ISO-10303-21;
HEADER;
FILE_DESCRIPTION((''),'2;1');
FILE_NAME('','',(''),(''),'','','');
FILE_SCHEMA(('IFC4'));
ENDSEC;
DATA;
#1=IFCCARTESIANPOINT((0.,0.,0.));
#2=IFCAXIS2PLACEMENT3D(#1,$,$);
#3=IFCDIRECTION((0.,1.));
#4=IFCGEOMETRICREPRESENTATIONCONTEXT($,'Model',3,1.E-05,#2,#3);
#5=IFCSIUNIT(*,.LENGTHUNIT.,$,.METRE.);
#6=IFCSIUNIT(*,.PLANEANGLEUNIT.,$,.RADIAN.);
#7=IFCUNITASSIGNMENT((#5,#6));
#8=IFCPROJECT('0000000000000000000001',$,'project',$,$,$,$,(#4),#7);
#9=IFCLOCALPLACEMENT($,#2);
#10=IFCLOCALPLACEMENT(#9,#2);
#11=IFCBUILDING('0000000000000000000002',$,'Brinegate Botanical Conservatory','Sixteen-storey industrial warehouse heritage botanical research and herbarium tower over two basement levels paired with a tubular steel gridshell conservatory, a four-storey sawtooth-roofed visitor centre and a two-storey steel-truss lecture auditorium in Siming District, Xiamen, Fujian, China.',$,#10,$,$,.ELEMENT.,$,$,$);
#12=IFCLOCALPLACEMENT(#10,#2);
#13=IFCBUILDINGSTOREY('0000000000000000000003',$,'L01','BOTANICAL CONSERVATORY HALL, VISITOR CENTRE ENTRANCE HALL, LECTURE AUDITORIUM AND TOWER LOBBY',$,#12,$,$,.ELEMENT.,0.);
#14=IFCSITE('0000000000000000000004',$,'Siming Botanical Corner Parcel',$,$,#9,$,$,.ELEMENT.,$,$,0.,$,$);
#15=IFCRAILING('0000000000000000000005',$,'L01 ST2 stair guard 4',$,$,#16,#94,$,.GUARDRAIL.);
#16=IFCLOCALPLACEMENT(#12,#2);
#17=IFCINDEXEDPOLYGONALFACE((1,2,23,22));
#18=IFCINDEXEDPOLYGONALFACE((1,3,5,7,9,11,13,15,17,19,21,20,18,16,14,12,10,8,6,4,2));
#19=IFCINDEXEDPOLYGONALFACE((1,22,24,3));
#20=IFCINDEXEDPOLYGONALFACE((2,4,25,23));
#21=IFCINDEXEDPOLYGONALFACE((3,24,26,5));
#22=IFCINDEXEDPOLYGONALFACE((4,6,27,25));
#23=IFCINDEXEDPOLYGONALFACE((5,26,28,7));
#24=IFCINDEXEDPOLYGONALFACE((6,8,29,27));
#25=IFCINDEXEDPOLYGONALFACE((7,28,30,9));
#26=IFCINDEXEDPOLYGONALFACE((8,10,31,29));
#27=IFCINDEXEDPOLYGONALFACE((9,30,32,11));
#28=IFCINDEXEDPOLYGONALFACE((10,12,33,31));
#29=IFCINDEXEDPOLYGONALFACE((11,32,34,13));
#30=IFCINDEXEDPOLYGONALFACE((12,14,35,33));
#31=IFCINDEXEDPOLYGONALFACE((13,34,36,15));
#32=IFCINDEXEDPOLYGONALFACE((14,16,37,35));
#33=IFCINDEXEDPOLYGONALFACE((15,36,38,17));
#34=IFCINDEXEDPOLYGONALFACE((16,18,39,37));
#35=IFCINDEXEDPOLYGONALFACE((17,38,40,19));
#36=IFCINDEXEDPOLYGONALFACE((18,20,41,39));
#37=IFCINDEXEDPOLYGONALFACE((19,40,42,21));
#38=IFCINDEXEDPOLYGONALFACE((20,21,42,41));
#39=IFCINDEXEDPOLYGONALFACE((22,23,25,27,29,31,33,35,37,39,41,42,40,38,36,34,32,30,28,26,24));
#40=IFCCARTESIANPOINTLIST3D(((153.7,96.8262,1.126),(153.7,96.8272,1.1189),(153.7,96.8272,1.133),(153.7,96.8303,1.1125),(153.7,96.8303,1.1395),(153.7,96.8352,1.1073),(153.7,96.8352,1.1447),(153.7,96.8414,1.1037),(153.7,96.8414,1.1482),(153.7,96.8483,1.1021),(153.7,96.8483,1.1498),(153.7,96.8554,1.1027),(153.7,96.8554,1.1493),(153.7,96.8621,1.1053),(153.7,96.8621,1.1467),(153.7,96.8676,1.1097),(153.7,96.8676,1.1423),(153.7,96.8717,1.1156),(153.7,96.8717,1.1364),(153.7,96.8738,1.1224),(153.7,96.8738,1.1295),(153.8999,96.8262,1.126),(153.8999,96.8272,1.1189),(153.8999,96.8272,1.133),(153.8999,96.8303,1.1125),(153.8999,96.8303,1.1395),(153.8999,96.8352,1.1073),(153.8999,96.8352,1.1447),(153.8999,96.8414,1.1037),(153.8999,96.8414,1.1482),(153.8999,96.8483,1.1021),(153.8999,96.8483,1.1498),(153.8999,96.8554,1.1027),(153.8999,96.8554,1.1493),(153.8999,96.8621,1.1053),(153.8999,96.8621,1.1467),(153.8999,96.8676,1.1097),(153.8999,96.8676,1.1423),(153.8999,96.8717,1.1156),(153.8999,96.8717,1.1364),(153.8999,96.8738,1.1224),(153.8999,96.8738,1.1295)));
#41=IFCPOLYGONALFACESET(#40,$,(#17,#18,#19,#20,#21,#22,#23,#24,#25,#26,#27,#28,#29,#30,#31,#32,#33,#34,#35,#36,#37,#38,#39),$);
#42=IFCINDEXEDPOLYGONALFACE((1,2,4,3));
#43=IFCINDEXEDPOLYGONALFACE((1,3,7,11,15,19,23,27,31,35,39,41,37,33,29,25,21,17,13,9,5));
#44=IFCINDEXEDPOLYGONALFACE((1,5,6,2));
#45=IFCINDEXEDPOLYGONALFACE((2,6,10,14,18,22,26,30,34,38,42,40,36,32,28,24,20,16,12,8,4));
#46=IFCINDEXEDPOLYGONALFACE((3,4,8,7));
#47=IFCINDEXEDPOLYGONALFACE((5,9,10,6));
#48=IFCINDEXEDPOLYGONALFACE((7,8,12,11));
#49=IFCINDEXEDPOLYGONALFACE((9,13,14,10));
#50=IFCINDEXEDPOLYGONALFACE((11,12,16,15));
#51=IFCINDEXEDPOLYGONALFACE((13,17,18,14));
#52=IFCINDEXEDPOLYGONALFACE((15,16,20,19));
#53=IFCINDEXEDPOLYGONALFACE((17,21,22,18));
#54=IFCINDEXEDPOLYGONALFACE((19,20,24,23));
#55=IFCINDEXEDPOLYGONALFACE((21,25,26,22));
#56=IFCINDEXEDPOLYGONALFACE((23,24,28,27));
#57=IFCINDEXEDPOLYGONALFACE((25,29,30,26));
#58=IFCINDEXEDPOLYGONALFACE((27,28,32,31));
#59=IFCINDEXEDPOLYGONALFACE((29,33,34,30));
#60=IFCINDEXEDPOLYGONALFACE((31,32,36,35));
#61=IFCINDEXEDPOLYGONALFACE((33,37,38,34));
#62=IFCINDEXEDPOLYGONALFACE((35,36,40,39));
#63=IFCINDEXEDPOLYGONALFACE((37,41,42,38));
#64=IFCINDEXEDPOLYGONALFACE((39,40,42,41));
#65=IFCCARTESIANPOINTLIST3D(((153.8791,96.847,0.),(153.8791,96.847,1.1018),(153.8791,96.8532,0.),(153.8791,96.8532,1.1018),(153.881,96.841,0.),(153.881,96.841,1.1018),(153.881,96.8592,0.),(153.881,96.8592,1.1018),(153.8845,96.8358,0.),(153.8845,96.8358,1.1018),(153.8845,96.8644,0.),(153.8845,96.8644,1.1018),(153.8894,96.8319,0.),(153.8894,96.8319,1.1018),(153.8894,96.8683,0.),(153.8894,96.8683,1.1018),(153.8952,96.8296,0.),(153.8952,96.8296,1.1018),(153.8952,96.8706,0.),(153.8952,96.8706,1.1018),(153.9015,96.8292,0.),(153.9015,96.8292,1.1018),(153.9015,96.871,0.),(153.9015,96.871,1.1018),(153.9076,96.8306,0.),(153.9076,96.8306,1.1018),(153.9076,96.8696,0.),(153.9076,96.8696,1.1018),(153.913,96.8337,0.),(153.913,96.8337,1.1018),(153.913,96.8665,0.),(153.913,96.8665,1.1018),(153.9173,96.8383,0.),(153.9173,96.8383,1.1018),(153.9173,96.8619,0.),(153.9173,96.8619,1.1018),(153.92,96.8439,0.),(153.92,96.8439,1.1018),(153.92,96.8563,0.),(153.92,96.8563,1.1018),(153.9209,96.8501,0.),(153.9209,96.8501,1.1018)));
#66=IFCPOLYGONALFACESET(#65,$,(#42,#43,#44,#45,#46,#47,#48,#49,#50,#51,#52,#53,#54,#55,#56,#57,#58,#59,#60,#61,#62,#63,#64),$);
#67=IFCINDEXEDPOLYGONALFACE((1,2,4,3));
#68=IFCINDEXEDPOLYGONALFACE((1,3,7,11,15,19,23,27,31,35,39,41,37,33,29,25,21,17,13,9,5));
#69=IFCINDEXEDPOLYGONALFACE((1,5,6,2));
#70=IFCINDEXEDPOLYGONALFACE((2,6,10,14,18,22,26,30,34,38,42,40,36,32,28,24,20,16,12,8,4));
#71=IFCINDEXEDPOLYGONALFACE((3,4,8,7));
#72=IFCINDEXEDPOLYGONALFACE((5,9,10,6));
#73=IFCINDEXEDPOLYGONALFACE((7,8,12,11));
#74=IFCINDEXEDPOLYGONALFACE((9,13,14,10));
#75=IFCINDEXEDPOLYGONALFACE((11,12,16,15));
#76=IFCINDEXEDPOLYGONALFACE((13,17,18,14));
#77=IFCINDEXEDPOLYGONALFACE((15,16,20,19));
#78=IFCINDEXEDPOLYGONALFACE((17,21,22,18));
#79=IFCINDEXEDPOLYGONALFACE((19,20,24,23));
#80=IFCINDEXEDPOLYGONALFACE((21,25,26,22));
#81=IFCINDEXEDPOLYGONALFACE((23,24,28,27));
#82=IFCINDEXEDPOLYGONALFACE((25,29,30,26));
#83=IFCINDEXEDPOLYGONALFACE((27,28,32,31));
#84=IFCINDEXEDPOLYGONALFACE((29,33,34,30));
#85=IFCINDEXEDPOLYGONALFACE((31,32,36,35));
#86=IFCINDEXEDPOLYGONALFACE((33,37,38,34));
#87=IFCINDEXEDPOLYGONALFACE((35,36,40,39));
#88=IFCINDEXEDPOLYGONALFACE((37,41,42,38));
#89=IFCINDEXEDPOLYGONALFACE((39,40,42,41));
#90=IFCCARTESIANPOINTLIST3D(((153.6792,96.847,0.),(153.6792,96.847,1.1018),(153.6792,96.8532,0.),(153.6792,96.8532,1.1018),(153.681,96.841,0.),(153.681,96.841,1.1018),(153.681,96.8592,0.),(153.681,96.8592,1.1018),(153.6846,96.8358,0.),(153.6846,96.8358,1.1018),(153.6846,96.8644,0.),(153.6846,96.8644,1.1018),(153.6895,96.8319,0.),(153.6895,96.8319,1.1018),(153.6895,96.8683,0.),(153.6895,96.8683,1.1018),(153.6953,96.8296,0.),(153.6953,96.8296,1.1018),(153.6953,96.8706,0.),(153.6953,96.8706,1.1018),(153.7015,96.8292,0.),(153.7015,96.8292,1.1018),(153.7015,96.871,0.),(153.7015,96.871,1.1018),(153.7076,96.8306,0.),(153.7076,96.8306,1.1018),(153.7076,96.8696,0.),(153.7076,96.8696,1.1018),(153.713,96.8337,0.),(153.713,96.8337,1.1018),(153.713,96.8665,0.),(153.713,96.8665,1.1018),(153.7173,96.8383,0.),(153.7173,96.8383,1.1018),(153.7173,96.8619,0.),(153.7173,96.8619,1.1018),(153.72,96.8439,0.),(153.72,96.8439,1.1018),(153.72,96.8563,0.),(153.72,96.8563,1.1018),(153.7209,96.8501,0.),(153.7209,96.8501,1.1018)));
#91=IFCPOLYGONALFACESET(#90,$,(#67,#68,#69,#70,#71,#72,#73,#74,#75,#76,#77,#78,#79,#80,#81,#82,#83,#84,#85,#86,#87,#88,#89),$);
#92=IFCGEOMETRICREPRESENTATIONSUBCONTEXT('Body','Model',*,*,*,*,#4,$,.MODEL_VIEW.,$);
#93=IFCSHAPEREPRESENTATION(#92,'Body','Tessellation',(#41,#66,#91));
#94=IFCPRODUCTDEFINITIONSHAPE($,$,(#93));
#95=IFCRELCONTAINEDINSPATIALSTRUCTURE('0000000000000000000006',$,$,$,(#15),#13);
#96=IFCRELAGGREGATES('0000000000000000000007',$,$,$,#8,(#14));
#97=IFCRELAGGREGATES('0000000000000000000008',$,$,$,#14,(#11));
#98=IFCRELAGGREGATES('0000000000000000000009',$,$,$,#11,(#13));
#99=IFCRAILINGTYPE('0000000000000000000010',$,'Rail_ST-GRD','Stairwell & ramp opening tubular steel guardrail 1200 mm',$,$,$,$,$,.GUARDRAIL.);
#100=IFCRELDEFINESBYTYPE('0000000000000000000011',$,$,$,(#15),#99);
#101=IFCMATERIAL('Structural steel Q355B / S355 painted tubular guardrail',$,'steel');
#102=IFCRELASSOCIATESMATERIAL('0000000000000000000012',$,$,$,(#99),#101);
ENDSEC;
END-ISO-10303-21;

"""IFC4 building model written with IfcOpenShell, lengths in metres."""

from ifc_helpers import new_model, si_unit, direction, frame, origin, origin_2d, place, context, subcontext, project, spatial, circle, extrude, material, type_object, element, save


model = new_model("IFC4")

# Units and contexts
model_context = context("Model", 3, precision=1e-05, world=origin(), true_north=direction((0.0, 1.0)))
body_context = subcontext(model_context, "Body", "Model", "MODEL_VIEW")
ifc_project = project(units=[si_unit("LENGTHUNIT", "METRE"), si_unit("PLANEANGLEUNIT", "RADIAN")], contexts=[model_context])

# Site, building, storey
site_placement = place(None, origin())
site = spatial("IfcSite", under=ifc_project, at=site_placement, Name="Siming Botanical Corner Parcel", CompositionType="ELEMENT", RefElevation=0.0)
building_placement = place(site_placement, origin())
building = spatial("IfcBuilding", under=site, at=building_placement, Name="Brinegate Botanical Conservatory", Description="Sixteen-storey industrial warehouse heritage botanical research and herbarium tower over two basement levels paired with a tubular steel gridshell conservatory, a four-storey sawtooth-roofed visitor centre and a two-storey steel-truss lecture auditorium in Siming District, Xiamen, Fujian, China.", CompositionType="ELEMENT")
storey_placement = place(building_placement, origin())
storey = spatial("IfcBuildingStorey", under=building, at=storey_placement, Name="L01", Description="BOTANICAL CONSERVATORY HALL, VISITOR CENTRE ENTRANCE HALL, LECTURE AUDITORIUM AND TOWER LOBBY", CompositionType="ELEMENT", Elevation=0.0)

# Railing
ifc_material_1 = material(Name="Structural steel Q355B / S355 painted tubular guardrail", Category="steel")
railing_type = type_object("IfcRailingType", Name="Rail_ST-GRD", Description="Stairwell & ramp opening tubular steel guardrail 1200 mm", PredefinedType="GUARDRAIL", material=ifc_material_1)
railing_1_placement = place(storey_placement, frame((153.8999, 96.8501, 0.0)))
element("IfcRailing", 1, at=railing_1_placement, inside=storey, type_object=railing_type, Name="L01 ST2 stair guard 4", PredefinedType="GUARDRAIL", context=body_context, shape_type="SweptSolid", body=[
    extrude(circle(Radius=0.0239, at=origin_2d()), frame((0.0, 0.0, 1.126), z_axis=(-1.0, 0.0, 0.0), x_axis=(0.0, -1.0, 0.0)), (0.0, 0.0, 1.0), 0.2),
    extrude(circle(Radius=0.021, at=origin_2d()), origin(), (0.0, 0.0, 1.0), 1.1018),
    extrude(circle(Radius=0.021, at=origin_2d()), frame((-0.2, 0.0, 0.0)), (0.0, 0.0, 1.0), 1.1018),
])

save(model, "model.ifc")
